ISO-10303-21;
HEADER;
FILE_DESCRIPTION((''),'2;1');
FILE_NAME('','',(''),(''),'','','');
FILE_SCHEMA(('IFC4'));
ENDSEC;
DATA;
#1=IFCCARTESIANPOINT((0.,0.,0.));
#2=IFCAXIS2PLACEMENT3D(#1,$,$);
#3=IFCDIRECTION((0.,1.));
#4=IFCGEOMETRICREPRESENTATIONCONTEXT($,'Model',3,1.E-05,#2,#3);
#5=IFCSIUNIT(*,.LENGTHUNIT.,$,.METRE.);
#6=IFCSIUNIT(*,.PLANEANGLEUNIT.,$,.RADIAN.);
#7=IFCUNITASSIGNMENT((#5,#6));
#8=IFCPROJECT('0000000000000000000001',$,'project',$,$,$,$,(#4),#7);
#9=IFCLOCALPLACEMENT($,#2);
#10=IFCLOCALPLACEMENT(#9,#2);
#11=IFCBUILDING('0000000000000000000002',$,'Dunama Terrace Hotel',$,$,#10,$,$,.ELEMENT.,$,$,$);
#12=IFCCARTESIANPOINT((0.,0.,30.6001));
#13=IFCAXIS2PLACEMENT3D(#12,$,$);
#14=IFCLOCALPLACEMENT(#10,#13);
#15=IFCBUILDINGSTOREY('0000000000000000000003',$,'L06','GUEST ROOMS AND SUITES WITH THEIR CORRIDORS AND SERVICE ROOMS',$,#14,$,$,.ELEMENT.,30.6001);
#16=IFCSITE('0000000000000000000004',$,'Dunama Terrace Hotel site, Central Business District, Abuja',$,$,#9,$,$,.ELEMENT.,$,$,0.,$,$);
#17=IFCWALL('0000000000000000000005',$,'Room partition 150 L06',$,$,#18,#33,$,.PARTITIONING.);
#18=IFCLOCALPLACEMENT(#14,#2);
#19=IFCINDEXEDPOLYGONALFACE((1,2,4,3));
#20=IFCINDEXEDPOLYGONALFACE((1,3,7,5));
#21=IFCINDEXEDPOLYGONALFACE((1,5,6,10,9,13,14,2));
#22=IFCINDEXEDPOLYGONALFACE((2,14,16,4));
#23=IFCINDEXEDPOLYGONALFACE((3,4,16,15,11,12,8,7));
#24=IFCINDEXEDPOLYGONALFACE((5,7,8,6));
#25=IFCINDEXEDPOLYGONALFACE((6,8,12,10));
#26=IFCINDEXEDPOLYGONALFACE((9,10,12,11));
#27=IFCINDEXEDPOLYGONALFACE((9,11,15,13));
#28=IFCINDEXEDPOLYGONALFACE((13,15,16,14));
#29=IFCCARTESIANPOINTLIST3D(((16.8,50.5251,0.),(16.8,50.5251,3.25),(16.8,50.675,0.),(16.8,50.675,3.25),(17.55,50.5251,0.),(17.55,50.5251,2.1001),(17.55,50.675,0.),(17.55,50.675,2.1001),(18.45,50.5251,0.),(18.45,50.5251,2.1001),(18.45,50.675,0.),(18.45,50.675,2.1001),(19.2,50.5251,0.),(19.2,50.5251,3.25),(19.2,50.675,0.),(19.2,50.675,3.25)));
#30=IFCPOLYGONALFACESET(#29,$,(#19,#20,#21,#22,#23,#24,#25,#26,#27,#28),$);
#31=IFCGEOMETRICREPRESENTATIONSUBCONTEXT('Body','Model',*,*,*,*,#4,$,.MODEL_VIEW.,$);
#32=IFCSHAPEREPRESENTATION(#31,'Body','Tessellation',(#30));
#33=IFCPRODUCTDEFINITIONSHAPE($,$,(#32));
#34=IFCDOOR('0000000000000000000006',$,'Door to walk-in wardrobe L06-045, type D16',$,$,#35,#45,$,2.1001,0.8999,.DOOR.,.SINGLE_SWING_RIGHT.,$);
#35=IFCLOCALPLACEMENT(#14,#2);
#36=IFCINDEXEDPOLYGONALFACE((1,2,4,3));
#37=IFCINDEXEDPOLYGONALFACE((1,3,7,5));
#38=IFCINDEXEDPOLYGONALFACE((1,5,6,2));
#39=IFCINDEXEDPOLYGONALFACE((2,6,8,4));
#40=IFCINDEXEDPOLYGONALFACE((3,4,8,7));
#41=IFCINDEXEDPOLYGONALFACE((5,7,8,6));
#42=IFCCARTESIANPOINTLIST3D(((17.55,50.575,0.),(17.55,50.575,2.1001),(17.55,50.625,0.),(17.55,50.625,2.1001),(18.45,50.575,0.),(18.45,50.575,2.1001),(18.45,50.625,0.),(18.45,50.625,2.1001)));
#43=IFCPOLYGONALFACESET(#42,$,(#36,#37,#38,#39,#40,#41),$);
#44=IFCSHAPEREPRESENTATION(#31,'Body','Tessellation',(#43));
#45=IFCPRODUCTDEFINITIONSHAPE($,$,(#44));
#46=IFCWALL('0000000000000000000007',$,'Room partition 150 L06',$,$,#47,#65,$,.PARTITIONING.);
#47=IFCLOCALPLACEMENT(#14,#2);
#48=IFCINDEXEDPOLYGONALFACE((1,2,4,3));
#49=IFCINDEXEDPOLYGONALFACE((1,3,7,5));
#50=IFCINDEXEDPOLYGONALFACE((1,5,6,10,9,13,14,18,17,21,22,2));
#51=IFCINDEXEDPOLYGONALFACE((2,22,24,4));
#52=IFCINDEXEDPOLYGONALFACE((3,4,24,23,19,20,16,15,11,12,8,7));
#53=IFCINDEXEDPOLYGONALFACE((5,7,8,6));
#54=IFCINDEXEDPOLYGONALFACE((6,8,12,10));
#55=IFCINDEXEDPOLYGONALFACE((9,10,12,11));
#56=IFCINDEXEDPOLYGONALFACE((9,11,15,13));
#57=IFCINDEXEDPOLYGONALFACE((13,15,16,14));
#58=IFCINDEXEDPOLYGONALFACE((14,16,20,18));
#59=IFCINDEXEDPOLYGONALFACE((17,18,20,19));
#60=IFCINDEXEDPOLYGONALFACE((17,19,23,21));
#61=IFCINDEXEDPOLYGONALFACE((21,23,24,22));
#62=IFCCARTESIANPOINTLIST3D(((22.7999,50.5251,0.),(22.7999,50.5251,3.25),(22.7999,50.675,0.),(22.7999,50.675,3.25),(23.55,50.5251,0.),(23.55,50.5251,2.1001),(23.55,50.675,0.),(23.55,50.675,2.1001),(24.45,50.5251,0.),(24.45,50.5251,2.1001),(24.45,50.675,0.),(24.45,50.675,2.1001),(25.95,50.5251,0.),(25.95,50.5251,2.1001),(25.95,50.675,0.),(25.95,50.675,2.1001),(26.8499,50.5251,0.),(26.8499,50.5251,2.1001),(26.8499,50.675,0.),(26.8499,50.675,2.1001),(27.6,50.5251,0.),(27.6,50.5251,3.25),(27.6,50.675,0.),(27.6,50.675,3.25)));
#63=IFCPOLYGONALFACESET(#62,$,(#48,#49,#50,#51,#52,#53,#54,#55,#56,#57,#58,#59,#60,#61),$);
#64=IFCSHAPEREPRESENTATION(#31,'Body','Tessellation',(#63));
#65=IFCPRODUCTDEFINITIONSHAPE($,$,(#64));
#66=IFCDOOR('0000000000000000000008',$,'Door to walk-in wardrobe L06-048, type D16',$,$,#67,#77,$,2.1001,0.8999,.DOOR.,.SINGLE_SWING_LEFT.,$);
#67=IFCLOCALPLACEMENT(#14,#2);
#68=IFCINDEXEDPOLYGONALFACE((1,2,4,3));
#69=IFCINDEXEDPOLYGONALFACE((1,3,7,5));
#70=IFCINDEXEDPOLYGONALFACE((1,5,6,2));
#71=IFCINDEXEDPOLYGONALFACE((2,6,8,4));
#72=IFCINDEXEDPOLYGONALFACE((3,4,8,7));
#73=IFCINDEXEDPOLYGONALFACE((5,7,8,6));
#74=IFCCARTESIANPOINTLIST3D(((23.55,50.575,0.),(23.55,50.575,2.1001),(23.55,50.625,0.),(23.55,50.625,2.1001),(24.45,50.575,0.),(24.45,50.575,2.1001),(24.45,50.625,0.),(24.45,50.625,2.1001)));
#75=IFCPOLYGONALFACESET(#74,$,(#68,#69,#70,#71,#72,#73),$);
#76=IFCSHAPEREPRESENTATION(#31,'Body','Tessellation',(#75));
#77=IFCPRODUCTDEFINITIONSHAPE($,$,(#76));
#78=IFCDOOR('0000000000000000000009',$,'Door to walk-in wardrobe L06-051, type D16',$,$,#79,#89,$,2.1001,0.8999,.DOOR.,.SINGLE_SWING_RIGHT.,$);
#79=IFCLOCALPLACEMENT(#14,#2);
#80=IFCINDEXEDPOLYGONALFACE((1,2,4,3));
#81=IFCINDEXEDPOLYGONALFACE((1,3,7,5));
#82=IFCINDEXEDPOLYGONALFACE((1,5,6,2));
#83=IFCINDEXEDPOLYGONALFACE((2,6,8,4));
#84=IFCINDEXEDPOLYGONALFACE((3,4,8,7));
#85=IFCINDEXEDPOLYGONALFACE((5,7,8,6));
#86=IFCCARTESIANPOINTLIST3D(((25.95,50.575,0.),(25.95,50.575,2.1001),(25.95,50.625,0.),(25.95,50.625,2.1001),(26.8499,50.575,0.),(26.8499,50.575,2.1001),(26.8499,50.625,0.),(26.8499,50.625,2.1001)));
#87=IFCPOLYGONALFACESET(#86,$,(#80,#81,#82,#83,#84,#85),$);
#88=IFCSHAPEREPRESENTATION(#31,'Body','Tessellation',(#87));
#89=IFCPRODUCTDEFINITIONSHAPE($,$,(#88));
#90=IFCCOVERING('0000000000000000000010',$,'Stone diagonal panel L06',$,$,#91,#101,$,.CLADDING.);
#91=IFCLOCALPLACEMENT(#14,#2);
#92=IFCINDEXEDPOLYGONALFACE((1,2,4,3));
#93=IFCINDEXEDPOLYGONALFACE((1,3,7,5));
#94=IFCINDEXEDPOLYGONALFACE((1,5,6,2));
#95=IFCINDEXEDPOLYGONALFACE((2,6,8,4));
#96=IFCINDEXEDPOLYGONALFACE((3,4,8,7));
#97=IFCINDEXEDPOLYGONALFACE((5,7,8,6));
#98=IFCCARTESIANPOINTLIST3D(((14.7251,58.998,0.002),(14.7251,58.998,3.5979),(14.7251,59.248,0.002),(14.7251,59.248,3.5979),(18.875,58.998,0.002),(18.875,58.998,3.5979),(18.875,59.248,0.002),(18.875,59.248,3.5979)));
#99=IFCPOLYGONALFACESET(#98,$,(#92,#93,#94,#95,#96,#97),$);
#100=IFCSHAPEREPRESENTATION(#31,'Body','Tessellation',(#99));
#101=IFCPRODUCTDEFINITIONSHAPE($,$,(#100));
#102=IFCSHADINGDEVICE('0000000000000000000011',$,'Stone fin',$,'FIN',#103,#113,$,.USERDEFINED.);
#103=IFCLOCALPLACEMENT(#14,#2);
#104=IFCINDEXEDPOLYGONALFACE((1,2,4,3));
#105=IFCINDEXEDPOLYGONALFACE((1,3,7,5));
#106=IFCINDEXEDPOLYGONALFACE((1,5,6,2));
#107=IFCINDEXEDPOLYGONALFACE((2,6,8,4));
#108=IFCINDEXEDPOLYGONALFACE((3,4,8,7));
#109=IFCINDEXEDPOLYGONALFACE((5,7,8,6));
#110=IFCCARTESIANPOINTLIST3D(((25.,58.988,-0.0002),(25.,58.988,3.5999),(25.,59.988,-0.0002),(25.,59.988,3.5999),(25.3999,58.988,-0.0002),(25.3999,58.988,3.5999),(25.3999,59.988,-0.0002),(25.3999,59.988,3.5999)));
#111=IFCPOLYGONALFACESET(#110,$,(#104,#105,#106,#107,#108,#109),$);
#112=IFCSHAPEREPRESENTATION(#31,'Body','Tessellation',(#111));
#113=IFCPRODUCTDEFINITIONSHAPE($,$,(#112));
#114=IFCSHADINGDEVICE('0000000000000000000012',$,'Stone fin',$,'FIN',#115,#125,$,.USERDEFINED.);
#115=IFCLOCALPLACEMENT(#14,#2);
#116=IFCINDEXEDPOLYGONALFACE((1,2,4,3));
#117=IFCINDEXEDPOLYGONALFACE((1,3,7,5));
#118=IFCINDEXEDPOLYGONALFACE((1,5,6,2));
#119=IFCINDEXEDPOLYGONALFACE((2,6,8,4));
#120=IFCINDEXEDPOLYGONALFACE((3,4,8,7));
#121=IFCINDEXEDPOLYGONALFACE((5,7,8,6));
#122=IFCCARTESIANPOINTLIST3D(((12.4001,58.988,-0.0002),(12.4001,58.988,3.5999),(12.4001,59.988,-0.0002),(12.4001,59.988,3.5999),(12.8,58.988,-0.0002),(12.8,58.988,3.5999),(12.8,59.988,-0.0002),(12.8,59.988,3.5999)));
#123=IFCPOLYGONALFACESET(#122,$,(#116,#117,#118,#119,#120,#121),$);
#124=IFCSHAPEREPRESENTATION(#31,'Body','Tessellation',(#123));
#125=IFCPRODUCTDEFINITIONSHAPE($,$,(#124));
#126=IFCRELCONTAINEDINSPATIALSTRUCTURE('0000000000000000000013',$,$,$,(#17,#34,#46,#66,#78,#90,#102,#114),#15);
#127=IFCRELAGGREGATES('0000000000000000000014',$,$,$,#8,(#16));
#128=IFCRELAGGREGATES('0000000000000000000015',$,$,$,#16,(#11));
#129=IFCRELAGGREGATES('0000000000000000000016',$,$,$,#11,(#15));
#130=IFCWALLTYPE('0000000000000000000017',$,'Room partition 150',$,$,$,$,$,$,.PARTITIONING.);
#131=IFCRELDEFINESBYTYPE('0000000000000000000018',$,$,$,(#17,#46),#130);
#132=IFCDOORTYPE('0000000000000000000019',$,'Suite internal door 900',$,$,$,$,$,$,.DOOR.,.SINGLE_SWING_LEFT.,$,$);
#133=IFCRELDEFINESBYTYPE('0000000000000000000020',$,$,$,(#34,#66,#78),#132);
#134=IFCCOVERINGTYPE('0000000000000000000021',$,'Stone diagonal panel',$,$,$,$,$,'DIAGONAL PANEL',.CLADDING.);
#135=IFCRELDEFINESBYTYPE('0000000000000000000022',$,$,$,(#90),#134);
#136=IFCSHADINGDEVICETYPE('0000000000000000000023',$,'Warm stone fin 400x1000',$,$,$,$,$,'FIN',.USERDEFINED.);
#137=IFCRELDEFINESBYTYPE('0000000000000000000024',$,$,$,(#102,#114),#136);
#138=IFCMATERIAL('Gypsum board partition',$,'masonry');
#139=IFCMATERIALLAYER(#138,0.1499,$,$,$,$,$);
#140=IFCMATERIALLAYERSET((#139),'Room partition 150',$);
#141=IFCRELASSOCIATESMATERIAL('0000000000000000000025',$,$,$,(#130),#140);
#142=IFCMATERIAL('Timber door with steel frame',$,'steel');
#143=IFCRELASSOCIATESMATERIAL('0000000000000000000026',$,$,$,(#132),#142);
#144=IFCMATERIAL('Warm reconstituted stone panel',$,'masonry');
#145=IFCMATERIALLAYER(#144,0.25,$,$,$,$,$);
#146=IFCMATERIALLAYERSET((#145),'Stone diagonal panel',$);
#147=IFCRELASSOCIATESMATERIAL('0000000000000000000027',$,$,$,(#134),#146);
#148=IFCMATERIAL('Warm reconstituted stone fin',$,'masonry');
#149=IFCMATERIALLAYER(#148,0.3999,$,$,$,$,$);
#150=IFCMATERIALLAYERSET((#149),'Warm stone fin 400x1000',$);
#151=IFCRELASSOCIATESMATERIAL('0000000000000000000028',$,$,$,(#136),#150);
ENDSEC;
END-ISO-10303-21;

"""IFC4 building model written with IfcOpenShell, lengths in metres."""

from ifc_helpers import new_model, si_unit, direction, frame, frame_2d, origin, origin_2d, place, context, subcontext, project, spatial, rectangle, extrude, material, layer, layer_set, type_object, element, fill, save


model = new_model("IFC4")

# Units and contexts
model_context = context("Model", 3, precision=1e-05, world=origin(), true_north=direction((0.0, 1.0)))
body_context = subcontext(model_context, "Body", "Model", "MODEL_VIEW")
ifc_project = project(units=[si_unit("LENGTHUNIT", "METRE"), si_unit("PLANEANGLEUNIT", "RADIAN")], contexts=[model_context])

# Site, building, storey
site_placement = place(None, origin())
site = spatial("IfcSite", under=ifc_project, at=site_placement, Name="Dunama Terrace Hotel site, Central Business District, Abuja", CompositionType="ELEMENT", RefElevation=0.0)
building_placement = place(site_placement, origin())
building = spatial("IfcBuilding", under=site, at=building_placement, Name="Dunama Terrace Hotel", CompositionType="ELEMENT")
storey_placement = place(building_placement, frame((0.0, 0.0, 30.6001)))
storey = spatial("IfcBuildingStorey", under=building, at=storey_placement, Name="L06", Description="GUEST ROOMS AND SUITES WITH THEIR CORRIDORS AND SERVICE ROOMS", CompositionType="ELEMENT", Elevation=30.6001)

# Shared definitions
ifc_material_1 = material(Name="Gypsum board partition", Category="masonry")
ifc_layer_1 = layer(ifc_material_1, 0.1499)
ifc_layer_set_1 = layer_set([ifc_layer_1], Name="Room partition 150")
wall_type_1 = type_object("IfcWallType", Name="Room partition 150", PredefinedType="PARTITIONING", material=ifc_layer_set_1)

# Wall, opening, door
wall_1_placement = place(storey_placement, frame((16.8, 50.6001, 0.0), z_axis=(0.0, 0.0, 1.0), x_axis=(1.0, 0.0, 0.0)))
wall_1 = element("IfcWall", 1, at=wall_1_placement, inside=storey, type_object=wall_type_1, Name="Room partition 150 L06", PredefinedType="PARTITIONING", context=body_context, shape_type="SweptSolid", body=[
    extrude(rectangle(XDim=2.3999, YDim=0.1499, at=frame_2d((1.2, 0.0))), origin(), (0.0, 0.0, 1.0), 3.25),
])
opening_1_placement = place(wall_1_placement, frame((0.75, 0.0, 0.0)))
opening_1 = element("IfcOpeningElement", 2, at=opening_1_placement, cuts=wall_1, PredefinedType="OPENING", context=body_context, shape_type="SweptSolid", body=[
    extrude(rectangle(XDim=0.8999, YDim=2.1001, at=frame_2d((0.45, 1.05))), frame((0.0, 0.085, 0.0), z_axis=(0.0, -1.0, 0.0), x_axis=(1.0, 0.0, 0.0)), (0.0, 0.0, 1.0), 0.1699),
])
ifc_material_2 = material(Name="Timber door with steel frame", Category="steel")
door_type_1 = type_object("IfcDoorType", Name="Suite internal door 900", OperationType="SINGLE_SWING_LEFT", PredefinedType="DOOR", material=ifc_material_2)
door_1_placement = place(opening_1_placement, frame((0.8999, 0.0, 0.0), z_axis=(0.0, 0.0, 1.0), x_axis=(-1.0, 0.0, 0.0)))
door_1 = element("IfcDoor", 3, at=door_1_placement, inside=storey, type_object=door_type_1, Name="Door to walk-in wardrobe L06-045, type D16", OperationType="SINGLE_SWING_RIGHT", OverallHeight=2.1001, OverallWidth=0.8999, PredefinedType="DOOR", context=body_context, shape_type="SweptSolid", body=[
    extrude(rectangle(XDim=0.8999, YDim=2.1001, at=frame_2d((0.45, 1.05))), frame((0.0, 0.0251, 0.0), z_axis=(0.0, -1.0, 0.0), x_axis=(1.0, 0.0, 0.0)), (0.0, 0.0, 1.0), 0.05),
])
fill(opening_1, door_1)

# Wall, openings, doors
wall_2_placement = place(storey_placement, frame((22.8, 50.6001, 0.0), z_axis=(0.0, 0.0, 1.0), x_axis=(1.0, 0.0, 0.0)))
wall_2 = element("IfcWall", 4, at=wall_2_placement, inside=storey, type_object=wall_type_1, Name="Room partition 150 L06", PredefinedType="PARTITIONING", context=body_context, shape_type="SweptSolid", body=[
    extrude(rectangle(XDim=4.8, YDim=0.1499, at=frame_2d((2.3999, 0.0))), origin(), (0.0, 0.0, 1.0), 3.25),
])
opening_2_placement = place(wall_2_placement, frame((0.75, 0.0, 0.0)))
opening_2 = element("IfcOpeningElement", 5, at=opening_2_placement, cuts=wall_2, PredefinedType="OPENING", context=body_context, shape_type="SweptSolid", body=[
    extrude(rectangle(XDim=0.8999, YDim=2.1001, at=frame_2d((0.45, 1.05))), frame((0.0, 0.085, 0.0), z_axis=(0.0, -1.0, 0.0), x_axis=(1.0, 0.0, 0.0)), (0.0, 0.0, 1.0), 0.1699),
])
opening_3_placement = place(wall_2_placement, frame((3.1499, 0.0, 0.0)))
opening_3 = element("IfcOpeningElement", 6, at=opening_3_placement, cuts=wall_2, PredefinedType="OPENING", context=body_context, shape_type="SweptSolid", body=[
    extrude(rectangle(XDim=0.8999, YDim=2.1001, at=frame_2d((0.45, 1.05))), frame((0.0, 0.085, 0.0), z_axis=(0.0, -1.0, 0.0), x_axis=(1.0, 0.0, 0.0)), (0.0, 0.0, 1.0), 0.1699),
])
door_2_placement = place(opening_2_placement, frame((0.8999, 0.0, 0.0), z_axis=(0.0, 0.0, 1.0), x_axis=(-1.0, 0.0, 0.0)))
door_2 = element("IfcDoor", 7, at=door_2_placement, inside=storey, type_object=door_type_1, Name="Door to walk-in wardrobe L06-048, type D16", OperationType="SINGLE_SWING_LEFT", OverallHeight=2.1001, OverallWidth=0.8999, PredefinedType="DOOR", context=body_context, shape_type="SweptSolid", body=[
    extrude(rectangle(XDim=0.8999, YDim=2.1001, at=frame_2d((0.45, 1.05))), frame((0.0, 0.0251, 0.0), z_axis=(0.0, -1.0, 0.0), x_axis=(1.0, 0.0, 0.0)), (0.0, 0.0, 1.0), 0.05),
])
fill(opening_2, door_2)
door_3_placement = place(opening_3_placement, frame((0.8999, 0.0, 0.0), z_axis=(0.0, 0.0, 1.0), x_axis=(-1.0, 0.0, 0.0)))
door_3 = element("IfcDoor", 8, at=door_3_placement, inside=storey, type_object=door_type_1, Name="Door to walk-in wardrobe L06-051, type D16", OperationType="SINGLE_SWING_RIGHT", OverallHeight=2.1001, OverallWidth=0.8999, PredefinedType="DOOR", context=body_context, shape_type="SweptSolid", body=[
    extrude(rectangle(XDim=0.8999, YDim=2.1001, at=frame_2d((0.45, 1.05))), frame((0.0, 0.0251, 0.0), z_axis=(0.0, -1.0, 0.0), x_axis=(1.0, 0.0, 0.0)), (0.0, 0.0, 1.0), 0.05),
])
fill(opening_3, door_3)

# Covering
ifc_material_3 = material(Name="Warm reconstituted stone panel", Category="masonry")
ifc_layer_2 = layer(ifc_material_3, 0.25)
ifc_layer_set_2 = layer_set([ifc_layer_2], Name="Stone diagonal panel")
covering_type = type_object("IfcCoveringType", Name="Stone diagonal panel", ElementType="DIAGONAL PANEL", PredefinedType="CLADDING", material=ifc_layer_set_2)
covering_placement = place(storey_placement, frame((16.8, 59.123, 0.002), z_axis=(0.0, 0.0, 1.0), x_axis=(-1.0, 0.0, 0.0)))
element("IfcCovering", 9, at=covering_placement, inside=storey, type_object=covering_type, Name="Stone diagonal panel L06", PredefinedType="CLADDING", context=body_context, shape_type="SweptSolid", body=[
    extrude(rectangle(XDim=4.1499, YDim=0.25, at=origin_2d()), origin(), (0.0, 0.0, 1.0), 3.5959),
])

# Shading devices
ifc_material_4 = material(Name="Warm reconstituted stone fin", Category="masonry")
ifc_layer_3 = layer(ifc_material_4, 0.3999)
ifc_layer_set_3 = layer_set([ifc_layer_3], Name="Warm stone fin 400x1000")
shading_device_type = type_object("IfcShadingDeviceType", Name="Warm stone fin 400x1000", ElementType="FIN", PredefinedType="USERDEFINED", material=ifc_layer_set_3)
for number, where, z_axis, x_axis, name in (
    (10, (25.2, 59.488, -0.0002), (0.0, 0.0, 1.0), (-1.0, 0.0, 0.0), "Stone fin"),
    (11, (12.6001, 59.488, -0.0002), (0.0, 0.0, 1.0), (-1.0, 0.0, 0.0), "Stone fin"),
):
    element("IfcShadingDevice", number, at=place(storey_placement, frame(where, z_axis=z_axis, x_axis=x_axis)), inside=storey, type_object=shading_device_type, Name=name, ObjectType="FIN", PredefinedType="USERDEFINED", context=body_context, shape_type="SweptSolid", body=[
        extrude(rectangle(XDim=0.3999, YDim=1.0, at=origin_2d()), origin(), (0.0, 0.0, 1.0), 3.6001),
    ])

save(model, "model.ifc")
